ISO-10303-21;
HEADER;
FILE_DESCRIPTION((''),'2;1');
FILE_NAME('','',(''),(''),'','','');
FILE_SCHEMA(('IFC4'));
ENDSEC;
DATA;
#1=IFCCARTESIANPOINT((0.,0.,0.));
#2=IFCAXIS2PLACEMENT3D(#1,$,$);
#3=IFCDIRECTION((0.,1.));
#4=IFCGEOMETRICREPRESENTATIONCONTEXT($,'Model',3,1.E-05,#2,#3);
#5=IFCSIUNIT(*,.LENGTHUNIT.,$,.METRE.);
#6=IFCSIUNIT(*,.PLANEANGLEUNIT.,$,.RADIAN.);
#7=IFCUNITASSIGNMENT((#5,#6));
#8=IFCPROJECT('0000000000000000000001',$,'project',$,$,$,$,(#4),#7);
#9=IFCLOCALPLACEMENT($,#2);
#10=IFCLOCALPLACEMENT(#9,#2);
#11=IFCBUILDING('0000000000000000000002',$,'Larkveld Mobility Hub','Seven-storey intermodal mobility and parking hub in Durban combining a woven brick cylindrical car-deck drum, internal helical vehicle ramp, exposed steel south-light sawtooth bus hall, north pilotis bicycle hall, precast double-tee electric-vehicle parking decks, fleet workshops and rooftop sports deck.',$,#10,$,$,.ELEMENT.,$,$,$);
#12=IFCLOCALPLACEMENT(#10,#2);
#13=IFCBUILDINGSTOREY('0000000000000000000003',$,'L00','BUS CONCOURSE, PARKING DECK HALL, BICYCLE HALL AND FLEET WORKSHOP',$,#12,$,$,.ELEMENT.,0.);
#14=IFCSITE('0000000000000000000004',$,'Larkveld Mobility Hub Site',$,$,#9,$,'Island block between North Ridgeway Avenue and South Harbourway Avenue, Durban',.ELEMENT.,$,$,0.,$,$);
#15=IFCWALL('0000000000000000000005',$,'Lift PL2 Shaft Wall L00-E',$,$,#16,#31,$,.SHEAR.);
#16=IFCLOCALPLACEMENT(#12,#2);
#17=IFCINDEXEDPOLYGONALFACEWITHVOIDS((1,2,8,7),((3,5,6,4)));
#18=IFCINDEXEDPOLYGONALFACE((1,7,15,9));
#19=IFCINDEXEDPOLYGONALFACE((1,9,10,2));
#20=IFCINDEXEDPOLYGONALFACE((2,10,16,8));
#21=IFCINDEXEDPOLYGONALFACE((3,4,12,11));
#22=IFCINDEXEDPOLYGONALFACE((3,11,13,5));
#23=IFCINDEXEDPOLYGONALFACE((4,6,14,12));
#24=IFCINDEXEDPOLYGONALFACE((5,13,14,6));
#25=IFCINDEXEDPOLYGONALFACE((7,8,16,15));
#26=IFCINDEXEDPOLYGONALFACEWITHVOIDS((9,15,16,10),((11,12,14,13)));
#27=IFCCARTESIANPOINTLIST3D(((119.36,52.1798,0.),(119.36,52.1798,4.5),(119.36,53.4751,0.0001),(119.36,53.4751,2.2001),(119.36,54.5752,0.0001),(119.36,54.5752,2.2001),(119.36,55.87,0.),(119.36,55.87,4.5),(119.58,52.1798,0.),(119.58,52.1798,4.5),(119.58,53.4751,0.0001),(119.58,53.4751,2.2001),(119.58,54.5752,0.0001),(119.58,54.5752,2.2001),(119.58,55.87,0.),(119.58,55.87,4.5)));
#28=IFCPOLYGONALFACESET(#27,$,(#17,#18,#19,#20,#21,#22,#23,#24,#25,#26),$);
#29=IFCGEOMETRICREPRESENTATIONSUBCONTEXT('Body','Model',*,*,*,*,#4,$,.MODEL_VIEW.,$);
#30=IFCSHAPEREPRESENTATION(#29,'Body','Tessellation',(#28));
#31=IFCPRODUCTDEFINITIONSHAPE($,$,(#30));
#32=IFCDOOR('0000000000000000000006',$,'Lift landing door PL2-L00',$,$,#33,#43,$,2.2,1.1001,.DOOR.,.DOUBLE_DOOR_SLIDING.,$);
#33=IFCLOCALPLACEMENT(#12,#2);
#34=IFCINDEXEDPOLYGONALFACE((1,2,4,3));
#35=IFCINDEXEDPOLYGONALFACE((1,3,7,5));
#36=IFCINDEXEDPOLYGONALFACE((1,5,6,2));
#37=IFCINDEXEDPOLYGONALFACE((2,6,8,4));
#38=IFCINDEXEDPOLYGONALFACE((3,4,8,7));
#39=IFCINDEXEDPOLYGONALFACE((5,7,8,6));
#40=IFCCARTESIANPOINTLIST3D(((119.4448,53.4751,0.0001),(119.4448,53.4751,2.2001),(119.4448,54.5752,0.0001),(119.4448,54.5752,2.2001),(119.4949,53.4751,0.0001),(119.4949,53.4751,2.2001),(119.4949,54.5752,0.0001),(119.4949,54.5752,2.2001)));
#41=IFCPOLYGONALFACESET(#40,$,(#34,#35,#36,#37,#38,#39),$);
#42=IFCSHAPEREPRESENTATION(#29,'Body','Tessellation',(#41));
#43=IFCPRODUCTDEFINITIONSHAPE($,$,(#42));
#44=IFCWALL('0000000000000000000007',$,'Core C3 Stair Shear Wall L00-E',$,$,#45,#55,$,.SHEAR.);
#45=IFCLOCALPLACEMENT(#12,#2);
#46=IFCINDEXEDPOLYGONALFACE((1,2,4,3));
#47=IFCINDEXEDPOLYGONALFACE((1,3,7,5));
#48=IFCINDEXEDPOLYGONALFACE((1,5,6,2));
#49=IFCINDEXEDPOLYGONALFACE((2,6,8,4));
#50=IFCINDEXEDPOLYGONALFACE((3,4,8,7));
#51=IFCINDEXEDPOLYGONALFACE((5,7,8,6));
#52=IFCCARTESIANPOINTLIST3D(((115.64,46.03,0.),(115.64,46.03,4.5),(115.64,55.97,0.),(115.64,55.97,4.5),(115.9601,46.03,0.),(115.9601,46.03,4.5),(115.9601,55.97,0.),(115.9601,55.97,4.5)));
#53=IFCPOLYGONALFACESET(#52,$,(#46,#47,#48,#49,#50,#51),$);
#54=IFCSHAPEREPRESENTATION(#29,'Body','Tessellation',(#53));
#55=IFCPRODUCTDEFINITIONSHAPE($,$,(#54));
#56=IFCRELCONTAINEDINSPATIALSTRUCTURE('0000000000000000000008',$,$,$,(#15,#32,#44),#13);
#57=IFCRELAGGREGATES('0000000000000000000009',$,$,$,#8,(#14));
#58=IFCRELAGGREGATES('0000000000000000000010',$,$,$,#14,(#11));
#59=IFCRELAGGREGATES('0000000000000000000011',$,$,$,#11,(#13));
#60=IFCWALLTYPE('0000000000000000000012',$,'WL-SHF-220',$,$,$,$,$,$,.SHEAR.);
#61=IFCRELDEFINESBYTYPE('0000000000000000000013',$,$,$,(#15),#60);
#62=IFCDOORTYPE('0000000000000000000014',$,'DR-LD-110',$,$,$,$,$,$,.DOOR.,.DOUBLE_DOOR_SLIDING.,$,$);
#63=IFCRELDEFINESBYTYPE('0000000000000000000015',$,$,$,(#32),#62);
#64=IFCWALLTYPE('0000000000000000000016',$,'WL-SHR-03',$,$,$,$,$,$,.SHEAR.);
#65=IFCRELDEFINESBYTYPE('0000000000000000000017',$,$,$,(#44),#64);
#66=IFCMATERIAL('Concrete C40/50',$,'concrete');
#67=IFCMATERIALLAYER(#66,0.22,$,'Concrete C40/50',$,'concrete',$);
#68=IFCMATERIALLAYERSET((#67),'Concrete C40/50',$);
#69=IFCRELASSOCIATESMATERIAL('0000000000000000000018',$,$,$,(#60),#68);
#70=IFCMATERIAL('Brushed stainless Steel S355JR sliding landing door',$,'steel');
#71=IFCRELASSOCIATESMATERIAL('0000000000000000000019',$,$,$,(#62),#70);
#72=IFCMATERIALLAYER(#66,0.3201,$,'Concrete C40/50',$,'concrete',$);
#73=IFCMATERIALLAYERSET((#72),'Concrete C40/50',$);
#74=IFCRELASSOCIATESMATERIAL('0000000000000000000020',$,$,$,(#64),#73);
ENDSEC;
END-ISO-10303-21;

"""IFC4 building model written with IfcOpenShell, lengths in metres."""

from ifc_helpers import new_model, si_unit, direction, frame, frame_2d, origin, place, context, subcontext, project, spatial, rectangle, extrude, material, layer, layer_set, type_object, element, fill, save


model = new_model("IFC4")

# Units and contexts
model_context = context("Model", 3, precision=1e-05, world=origin(), true_north=direction((0.0, 1.0)))
body_context = subcontext(model_context, "Body", "Model", "MODEL_VIEW")
ifc_project = project(units=[si_unit("LENGTHUNIT", "METRE"), si_unit("PLANEANGLEUNIT", "RADIAN")], contexts=[model_context])

# Site, building, storey
site_placement = place(None, origin())
site = spatial("IfcSite", under=ifc_project, at=site_placement, Name="Larkveld Mobility Hub Site", LongName="Island block between North Ridgeway Avenue and South Harbourway Avenue, Durban", CompositionType="ELEMENT", RefElevation=0.0)
building_placement = place(site_placement, origin())
building = spatial("IfcBuilding", under=site, at=building_placement, Name="Larkveld Mobility Hub", Description="Seven-storey intermodal mobility and parking hub in Durban combining a woven brick cylindrical car-deck drum, internal helical vehicle ramp, exposed steel south-light sawtooth bus hall, north pilotis bicycle hall, precast double-tee electric-vehicle parking decks, fleet workshops and rooftop sports deck.", CompositionType="ELEMENT")
storey_placement = place(building_placement, origin())
storey = spatial("IfcBuildingStorey", under=building, at=storey_placement, Name="L00", Description="BUS CONCOURSE, PARKING DECK HALL, BICYCLE HALL AND FLEET WORKSHOP", CompositionType="ELEMENT", Elevation=0.0)

# Shared definitions
ifc_material_1 = material(Name="Concrete C40/50", Category="concrete")

# Wall, opening, door
ifc_layer_1 = layer(ifc_material_1, 0.22, Name="Concrete C40/50", Category="concrete")
ifc_layer_set_1 = layer_set([ifc_layer_1], Name="Concrete C40/50")
wall_type_1 = type_object("IfcWallType", Name="WL-SHF-220", PredefinedType="SHEAR", material=ifc_layer_set_1)
wall_1_placement = place(storey_placement, frame((119.47, 55.8701, 0.0), z_axis=(0.0, 0.0, 1.0), x_axis=(0.0, -1.0, 0.0)))
wall_1 = element("IfcWall", 1, at=wall_1_placement, inside=storey, type_object=wall_type_1, Name="Lift PL2 Shaft Wall L00-E", PredefinedType="SHEAR", context=body_context, shape_type="SweptSolid", body=[
    extrude(rectangle(XDim=3.6902, YDim=0.22, at=frame_2d((1.8452, 0.0))), origin(), (0.0, 0.0, 1.0), 4.5),
])
opening_placement = place(wall_1_placement, frame((1.2949, 0.0, 0.0)))
opening = element("IfcOpeningElement", 2, at=opening_placement, cuts=wall_1, PredefinedType="OPENING", context=body_context, shape_type="SweptSolid", body=[
    extrude(rectangle(XDim=1.1001, YDim=2.2, at=frame_2d((0.55, 1.1001))), frame((0.0, 0.1201, 0.0), z_axis=(0.0, -1.0, 0.0), x_axis=(1.0, 0.0, 0.0)), (0.0, 0.0, 1.0), 0.24),
])
ifc_material_2 = material(Name="Brushed stainless Steel S355JR sliding landing door", Category="steel")
door_type = type_object("IfcDoorType", Name="DR-LD-110", OperationType="DOUBLE_DOOR_SLIDING", PredefinedType="DOOR", material=ifc_material_2)
door_placement = place(opening_placement, origin())
door = element("IfcDoor", 3, at=door_placement, inside=storey, type_object=door_type, Name="Lift landing door PL2-L00", OperationType="DOUBLE_DOOR_SLIDING", OverallHeight=2.2, OverallWidth=1.1001, PredefinedType="DOOR", context=body_context, shape_type="SweptSolid", body=[
    extrude(rectangle(XDim=1.1001, YDim=2.2, at=frame_2d((0.55, 1.1001))), frame((0.0, 0.0249, 0.0), z_axis=(0.0, -1.0, 0.0), x_axis=(1.0, 0.0, 0.0)), (0.0, 0.0, 1.0), 0.05),
])
fill(opening, door)

# Wall
ifc_layer_2 = layer(ifc_material_1, 0.3201, Name="Concrete C40/50", Category="concrete")
ifc_layer_set_2 = layer_set([ifc_layer_2], Name="Concrete C40/50")
wall_type_2 = type_object("IfcWallType", Name="WL-SHR-03", PredefinedType="SHEAR", material=ifc_layer_set_2)
wall_2_placement = place(storey_placement, frame((115.8, 55.97, 0.0), z_axis=(0.0, 0.0, 1.0), x_axis=(0.0, -1.0, 0.0)))
element("IfcWall", 4, at=wall_2_placement, inside=storey, type_object=wall_type_2, Name="Core C3 Stair Shear Wall L00-E", PredefinedType="SHEAR", context=body_context, shape_type="SweptSolid", body=[
    extrude(rectangle(XDim=9.9399, YDim=0.3201, at=frame_2d((4.97, 0.0))), origin(), (0.0, 0.0, 1.0), 4.5),
])

save(model, "model.ifc")
